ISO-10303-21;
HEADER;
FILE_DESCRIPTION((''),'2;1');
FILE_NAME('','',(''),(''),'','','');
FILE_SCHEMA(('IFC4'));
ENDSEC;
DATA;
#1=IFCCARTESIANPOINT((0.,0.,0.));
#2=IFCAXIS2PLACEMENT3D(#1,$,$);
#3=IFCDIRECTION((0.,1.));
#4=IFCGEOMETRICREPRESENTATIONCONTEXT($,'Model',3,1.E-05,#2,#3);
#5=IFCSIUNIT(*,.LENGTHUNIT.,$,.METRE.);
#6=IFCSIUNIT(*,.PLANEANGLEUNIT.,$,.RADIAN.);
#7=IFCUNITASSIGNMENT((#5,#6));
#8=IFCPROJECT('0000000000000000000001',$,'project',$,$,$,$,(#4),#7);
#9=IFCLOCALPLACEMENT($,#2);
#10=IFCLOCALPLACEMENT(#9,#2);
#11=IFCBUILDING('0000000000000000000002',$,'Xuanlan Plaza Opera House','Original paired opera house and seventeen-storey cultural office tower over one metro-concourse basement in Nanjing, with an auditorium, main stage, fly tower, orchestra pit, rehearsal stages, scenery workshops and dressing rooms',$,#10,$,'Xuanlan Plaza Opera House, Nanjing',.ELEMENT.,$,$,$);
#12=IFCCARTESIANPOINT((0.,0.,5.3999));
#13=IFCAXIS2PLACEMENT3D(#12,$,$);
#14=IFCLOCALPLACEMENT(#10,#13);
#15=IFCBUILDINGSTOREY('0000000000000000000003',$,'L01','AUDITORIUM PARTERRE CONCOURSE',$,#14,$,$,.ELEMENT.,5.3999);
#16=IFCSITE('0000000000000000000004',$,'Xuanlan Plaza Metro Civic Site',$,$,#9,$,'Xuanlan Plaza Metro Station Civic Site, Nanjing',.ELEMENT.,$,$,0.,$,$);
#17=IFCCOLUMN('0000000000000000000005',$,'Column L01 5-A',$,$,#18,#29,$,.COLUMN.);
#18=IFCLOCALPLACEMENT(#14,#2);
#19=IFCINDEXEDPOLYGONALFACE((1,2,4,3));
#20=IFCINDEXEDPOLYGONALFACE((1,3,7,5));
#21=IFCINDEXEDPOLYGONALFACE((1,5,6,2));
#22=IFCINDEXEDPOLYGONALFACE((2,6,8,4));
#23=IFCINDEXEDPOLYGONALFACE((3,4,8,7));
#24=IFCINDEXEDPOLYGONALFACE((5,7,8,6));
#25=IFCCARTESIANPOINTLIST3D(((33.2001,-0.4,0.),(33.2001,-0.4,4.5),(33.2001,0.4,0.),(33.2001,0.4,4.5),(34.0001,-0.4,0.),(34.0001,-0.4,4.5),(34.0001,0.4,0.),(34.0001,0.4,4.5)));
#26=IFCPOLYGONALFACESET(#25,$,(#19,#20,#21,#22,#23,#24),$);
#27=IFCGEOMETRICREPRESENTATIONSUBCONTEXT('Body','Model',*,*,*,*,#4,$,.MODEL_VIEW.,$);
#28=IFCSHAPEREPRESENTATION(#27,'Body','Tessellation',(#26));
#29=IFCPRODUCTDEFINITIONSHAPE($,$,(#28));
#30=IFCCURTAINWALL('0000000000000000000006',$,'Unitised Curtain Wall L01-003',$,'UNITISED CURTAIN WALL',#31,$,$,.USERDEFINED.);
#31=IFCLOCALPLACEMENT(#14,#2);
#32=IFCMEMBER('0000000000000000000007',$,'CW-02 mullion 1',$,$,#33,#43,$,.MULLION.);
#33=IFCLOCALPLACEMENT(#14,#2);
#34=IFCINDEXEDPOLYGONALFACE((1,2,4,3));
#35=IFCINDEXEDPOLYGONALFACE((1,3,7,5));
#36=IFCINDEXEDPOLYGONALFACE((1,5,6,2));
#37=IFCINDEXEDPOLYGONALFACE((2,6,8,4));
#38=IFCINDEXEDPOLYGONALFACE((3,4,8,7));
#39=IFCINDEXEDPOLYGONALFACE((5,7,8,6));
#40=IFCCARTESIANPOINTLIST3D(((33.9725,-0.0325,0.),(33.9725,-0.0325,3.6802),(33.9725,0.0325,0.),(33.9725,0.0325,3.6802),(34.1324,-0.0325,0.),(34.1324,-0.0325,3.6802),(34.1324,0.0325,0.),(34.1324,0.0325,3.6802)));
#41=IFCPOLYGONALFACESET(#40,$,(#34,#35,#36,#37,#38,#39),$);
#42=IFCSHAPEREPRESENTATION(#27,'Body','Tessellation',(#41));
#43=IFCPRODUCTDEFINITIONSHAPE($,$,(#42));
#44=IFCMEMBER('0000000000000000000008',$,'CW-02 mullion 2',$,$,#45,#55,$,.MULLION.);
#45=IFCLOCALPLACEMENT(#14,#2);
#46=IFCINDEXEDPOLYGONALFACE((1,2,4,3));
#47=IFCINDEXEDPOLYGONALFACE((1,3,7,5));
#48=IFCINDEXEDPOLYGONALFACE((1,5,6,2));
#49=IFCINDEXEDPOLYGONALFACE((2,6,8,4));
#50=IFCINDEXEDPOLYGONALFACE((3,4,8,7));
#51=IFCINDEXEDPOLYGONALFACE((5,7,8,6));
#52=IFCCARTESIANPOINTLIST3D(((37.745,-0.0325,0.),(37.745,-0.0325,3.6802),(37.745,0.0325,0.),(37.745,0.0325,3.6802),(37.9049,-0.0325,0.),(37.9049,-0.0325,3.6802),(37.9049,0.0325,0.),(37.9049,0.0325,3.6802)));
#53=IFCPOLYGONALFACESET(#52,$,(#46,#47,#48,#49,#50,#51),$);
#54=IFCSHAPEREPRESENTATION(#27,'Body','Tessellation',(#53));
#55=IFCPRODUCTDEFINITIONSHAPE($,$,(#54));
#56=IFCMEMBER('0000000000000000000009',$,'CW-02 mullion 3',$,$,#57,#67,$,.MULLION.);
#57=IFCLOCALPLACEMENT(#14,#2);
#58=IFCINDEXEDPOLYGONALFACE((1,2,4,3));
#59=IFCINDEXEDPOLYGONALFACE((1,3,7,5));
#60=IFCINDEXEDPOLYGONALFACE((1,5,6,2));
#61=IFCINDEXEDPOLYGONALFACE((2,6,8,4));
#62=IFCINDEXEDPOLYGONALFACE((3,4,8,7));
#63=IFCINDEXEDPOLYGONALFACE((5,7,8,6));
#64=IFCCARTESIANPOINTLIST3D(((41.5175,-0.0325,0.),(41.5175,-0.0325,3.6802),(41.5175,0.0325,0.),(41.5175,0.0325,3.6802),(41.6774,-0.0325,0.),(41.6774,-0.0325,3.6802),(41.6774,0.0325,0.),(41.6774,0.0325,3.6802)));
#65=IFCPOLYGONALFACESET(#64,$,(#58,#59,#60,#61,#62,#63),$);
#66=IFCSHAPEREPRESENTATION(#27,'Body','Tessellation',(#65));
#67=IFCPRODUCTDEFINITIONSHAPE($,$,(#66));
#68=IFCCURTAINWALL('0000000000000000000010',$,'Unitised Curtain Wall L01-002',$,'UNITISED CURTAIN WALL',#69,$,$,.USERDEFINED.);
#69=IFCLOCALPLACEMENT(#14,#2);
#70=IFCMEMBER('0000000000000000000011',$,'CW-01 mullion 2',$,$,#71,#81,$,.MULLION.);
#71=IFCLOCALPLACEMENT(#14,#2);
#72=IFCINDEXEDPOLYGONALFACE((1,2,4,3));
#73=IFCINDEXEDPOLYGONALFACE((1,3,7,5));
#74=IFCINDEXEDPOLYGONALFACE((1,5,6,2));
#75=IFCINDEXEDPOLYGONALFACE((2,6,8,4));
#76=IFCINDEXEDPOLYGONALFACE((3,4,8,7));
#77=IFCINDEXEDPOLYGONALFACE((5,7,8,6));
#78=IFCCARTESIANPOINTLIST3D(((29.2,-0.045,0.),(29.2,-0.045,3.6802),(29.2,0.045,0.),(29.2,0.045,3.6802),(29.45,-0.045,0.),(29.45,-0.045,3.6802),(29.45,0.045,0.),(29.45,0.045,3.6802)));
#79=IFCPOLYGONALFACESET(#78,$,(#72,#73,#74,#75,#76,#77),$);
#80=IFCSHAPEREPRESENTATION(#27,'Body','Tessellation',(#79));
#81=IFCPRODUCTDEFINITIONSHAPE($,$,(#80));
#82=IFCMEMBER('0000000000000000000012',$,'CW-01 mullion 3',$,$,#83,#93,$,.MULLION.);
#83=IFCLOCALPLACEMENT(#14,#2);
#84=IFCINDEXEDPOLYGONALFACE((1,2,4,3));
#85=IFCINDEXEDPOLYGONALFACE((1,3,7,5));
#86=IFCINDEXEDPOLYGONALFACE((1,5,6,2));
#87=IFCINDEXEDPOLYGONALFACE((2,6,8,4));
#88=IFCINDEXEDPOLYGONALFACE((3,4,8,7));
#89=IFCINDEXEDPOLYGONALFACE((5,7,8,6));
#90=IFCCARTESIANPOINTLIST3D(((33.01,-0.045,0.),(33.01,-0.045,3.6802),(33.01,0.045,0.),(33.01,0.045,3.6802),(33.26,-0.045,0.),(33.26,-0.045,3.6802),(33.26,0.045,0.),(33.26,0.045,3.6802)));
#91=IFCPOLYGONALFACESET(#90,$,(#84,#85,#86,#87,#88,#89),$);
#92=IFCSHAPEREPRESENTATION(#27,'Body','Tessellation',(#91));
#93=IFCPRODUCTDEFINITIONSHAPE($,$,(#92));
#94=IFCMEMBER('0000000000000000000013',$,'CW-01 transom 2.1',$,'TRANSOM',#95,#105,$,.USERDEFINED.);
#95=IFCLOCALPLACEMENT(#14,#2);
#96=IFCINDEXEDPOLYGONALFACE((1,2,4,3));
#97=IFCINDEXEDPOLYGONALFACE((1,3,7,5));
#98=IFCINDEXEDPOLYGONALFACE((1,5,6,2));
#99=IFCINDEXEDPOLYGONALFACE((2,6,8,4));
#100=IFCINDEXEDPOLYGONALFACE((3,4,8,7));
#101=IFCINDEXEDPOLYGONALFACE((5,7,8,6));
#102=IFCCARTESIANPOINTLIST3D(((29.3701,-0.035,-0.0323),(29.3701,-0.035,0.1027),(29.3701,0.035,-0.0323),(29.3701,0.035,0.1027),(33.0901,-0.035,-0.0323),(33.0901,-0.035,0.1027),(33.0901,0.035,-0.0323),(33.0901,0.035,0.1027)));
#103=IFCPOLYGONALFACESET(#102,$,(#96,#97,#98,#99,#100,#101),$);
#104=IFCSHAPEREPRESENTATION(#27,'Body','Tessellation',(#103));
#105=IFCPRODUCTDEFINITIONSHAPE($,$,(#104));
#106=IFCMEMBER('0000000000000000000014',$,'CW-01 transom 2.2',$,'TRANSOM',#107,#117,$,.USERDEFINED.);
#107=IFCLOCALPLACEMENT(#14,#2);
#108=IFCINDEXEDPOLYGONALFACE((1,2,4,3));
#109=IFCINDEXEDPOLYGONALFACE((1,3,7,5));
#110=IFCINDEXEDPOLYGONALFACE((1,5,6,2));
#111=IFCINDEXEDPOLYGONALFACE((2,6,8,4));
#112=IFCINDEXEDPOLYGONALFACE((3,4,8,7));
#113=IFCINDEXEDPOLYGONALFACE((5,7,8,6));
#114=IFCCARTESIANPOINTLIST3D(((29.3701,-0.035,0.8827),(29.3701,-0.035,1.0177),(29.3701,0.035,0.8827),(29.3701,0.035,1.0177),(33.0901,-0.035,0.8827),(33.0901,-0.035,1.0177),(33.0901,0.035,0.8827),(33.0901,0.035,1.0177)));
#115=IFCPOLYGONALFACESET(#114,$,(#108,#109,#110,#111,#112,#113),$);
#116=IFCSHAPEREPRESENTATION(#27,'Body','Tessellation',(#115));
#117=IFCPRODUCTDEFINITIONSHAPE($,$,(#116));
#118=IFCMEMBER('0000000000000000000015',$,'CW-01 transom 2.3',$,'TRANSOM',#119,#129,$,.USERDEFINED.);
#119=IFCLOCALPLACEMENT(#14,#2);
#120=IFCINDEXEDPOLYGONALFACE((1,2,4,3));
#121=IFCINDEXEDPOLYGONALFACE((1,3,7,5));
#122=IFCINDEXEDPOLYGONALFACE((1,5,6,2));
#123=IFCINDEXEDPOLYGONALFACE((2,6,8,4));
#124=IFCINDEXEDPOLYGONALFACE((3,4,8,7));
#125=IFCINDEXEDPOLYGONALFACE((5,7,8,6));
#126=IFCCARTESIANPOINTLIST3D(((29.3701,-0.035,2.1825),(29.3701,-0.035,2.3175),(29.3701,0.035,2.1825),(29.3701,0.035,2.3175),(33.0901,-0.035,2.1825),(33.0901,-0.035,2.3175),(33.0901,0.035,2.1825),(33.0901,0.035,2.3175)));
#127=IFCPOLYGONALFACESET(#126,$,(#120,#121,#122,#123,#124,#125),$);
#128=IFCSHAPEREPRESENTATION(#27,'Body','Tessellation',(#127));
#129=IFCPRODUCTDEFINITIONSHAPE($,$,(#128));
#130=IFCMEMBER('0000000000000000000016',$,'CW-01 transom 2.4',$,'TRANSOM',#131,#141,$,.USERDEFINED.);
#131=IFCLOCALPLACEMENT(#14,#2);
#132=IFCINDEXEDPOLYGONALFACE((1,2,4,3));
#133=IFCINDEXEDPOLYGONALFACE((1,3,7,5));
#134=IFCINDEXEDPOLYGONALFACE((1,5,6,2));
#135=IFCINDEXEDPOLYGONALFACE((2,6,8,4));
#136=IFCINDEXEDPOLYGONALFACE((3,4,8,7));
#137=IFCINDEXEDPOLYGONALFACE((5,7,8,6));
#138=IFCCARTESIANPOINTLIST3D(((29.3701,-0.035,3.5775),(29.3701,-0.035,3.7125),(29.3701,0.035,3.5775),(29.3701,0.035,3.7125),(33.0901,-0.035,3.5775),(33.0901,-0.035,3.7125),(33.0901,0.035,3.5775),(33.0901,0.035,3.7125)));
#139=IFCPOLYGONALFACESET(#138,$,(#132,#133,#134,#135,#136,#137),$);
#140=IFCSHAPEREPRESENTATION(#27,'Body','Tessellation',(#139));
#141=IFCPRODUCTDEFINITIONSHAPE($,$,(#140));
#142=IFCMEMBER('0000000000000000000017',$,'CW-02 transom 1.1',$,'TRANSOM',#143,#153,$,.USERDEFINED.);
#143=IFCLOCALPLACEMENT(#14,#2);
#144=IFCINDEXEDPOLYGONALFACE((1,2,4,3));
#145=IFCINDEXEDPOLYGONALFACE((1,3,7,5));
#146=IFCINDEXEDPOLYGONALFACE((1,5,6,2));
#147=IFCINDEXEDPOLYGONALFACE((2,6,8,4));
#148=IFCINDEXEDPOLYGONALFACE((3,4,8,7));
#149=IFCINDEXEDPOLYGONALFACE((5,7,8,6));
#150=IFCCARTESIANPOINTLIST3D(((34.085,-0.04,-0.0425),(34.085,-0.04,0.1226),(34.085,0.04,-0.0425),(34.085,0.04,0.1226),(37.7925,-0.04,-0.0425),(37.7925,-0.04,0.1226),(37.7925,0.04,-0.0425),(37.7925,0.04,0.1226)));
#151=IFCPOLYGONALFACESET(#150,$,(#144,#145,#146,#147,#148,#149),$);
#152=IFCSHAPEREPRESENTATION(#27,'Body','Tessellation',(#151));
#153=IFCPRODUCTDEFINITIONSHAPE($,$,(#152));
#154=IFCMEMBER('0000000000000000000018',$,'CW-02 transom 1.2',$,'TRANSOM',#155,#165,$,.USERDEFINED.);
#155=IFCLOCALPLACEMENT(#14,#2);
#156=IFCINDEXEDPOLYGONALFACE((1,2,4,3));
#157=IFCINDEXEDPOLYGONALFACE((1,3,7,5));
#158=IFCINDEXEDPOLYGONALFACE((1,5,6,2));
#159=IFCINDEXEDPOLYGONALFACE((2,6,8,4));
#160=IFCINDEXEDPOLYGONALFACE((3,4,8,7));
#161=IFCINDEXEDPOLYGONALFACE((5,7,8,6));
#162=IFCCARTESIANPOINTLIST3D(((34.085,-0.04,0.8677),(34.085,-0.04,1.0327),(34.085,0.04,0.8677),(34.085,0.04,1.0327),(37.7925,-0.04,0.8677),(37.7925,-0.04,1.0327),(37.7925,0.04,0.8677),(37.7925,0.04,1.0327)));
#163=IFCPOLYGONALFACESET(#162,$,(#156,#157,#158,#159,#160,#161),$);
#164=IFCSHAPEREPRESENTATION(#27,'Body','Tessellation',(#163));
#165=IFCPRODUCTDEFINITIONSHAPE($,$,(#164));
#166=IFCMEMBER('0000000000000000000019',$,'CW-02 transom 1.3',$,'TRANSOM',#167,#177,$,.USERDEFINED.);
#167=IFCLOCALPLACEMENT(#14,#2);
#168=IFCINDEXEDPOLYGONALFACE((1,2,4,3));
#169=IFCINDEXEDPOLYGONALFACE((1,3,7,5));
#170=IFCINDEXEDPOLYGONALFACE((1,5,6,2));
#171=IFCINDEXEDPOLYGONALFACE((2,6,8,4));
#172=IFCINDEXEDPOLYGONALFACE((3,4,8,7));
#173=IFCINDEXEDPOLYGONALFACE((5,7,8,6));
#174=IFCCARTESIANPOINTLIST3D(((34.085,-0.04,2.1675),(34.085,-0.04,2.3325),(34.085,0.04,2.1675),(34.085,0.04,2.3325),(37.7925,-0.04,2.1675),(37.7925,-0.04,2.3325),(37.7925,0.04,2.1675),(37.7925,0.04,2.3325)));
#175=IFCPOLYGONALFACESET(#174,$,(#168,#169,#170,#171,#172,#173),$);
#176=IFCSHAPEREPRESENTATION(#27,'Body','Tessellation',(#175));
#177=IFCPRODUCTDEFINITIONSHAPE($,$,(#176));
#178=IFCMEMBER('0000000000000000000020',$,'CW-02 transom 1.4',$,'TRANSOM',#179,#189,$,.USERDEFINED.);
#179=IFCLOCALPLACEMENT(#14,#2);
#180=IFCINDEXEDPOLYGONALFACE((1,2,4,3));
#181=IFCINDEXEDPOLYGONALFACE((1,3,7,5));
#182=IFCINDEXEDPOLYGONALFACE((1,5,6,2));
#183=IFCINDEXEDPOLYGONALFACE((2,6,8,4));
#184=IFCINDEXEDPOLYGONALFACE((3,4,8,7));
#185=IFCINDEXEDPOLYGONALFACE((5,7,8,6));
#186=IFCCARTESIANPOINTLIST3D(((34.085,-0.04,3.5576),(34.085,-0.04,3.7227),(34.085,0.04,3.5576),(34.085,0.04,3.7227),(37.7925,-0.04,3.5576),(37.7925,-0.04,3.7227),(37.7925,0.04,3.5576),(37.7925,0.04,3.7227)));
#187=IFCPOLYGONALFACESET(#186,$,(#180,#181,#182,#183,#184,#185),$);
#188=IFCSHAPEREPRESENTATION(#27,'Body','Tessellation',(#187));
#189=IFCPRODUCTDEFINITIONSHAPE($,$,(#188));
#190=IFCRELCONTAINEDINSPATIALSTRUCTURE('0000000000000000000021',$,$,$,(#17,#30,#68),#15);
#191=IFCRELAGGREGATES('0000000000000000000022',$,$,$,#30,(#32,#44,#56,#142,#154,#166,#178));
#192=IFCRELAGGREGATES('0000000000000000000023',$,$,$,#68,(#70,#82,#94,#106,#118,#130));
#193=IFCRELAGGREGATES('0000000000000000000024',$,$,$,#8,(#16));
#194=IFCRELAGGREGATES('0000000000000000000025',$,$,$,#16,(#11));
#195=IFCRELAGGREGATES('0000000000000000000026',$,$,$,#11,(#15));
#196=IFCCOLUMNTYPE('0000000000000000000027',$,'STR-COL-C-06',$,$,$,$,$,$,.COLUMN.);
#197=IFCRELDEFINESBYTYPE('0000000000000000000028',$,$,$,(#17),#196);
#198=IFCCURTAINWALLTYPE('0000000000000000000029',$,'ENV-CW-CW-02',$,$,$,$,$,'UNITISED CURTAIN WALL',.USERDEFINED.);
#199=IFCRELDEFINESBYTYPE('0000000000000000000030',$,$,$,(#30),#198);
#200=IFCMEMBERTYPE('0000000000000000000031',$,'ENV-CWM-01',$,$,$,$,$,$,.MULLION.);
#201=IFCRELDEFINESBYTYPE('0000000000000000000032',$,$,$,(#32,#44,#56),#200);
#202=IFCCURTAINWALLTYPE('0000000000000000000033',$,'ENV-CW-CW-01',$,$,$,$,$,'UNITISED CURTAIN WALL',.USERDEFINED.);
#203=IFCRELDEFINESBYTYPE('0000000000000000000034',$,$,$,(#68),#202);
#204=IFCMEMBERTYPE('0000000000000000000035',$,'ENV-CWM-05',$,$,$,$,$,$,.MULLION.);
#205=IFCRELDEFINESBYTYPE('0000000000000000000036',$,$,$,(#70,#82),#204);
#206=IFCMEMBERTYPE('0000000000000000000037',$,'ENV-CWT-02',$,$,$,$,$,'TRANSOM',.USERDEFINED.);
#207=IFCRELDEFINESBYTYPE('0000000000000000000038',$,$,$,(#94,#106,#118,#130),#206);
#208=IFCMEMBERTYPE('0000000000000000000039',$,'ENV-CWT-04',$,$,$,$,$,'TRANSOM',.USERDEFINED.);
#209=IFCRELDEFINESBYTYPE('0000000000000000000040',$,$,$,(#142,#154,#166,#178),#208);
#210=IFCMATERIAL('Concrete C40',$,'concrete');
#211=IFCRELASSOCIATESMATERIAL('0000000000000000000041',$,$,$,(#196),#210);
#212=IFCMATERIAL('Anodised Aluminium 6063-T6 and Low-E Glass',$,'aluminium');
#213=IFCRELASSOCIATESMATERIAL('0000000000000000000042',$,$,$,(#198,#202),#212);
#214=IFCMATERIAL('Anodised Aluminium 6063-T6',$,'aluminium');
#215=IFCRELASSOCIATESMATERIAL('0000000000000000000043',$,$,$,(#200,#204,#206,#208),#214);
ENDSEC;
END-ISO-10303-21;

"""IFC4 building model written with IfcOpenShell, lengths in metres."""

from ifc_helpers import new_model, si_unit, direction, frame, origin, origin_2d, place, context, subcontext, project, spatial, rectangle, extrude, material, material_profile, profile_set, type_object, element, aggregate, save


model = new_model("IFC4")

# Units and contexts
model_context = context("Model", 3, precision=1e-05, world=origin(), true_north=direction((0.0, 1.0)))
body_context = subcontext(model_context, "Body", "Model", "MODEL_VIEW")
ifc_project = project(units=[si_unit("LENGTHUNIT", "METRE"), si_unit("PLANEANGLEUNIT", "RADIAN")], contexts=[model_context])

# Site, building, storey
site_placement = place(None, origin())
site = spatial("IfcSite", under=ifc_project, at=site_placement, Name="Xuanlan Plaza Metro Civic Site", LongName="Xuanlan Plaza Metro Station Civic Site, Nanjing", CompositionType="ELEMENT", RefElevation=0.0)
building_placement = place(site_placement, origin())
building = spatial("IfcBuilding", under=site, at=building_placement, Name="Xuanlan Plaza Opera House", Description="Original paired opera house and seventeen-storey cultural office tower over one metro-concourse basement in Nanjing, with an auditorium, main stage, fly tower, orchestra pit, rehearsal stages, scenery workshops and dressing rooms", LongName="Xuanlan Plaza Opera House, Nanjing", CompositionType="ELEMENT")
storey_placement = place(building_placement, frame((0.0, 0.0, 5.3999)))
storey = spatial("IfcBuildingStorey", under=building, at=storey_placement, Name="L01", Description="AUDITORIUM PARTERRE CONCOURSE", CompositionType="ELEMENT", Elevation=5.3999)

# Column
ifc_material_1 = material(Name="Concrete C40", Category="concrete")
ifc_material_profile_1 = material_profile(ifc_material_1, rectangle(XDim=0.8, YDim=0.8, at=origin_2d()), Name="RC-COL 800x800")
ifc_profile_set_1 = profile_set([ifc_material_profile_1], Name="Concrete C40")
column_type = type_object("IfcColumnType", Name="STR-COL-C-06", PredefinedType="COLUMN", material=ifc_profile_set_1)
column_placement = place(storey_placement, frame((33.6001, 0.0, 0.0), z_axis=(0.0, 0.0, 1.0), x_axis=(1.0, 0.0, 0.0)))
element("IfcColumn", 1, at=column_placement, inside=storey, type_object=column_type, Name="Column L01 5-A", PredefinedType="COLUMN", context=body_context, shape_type="SweptSolid", body=[
    extrude(rectangle(XDim=0.8, YDim=0.8, at=origin_2d()), origin(), (0.0, 0.0, 1.0), 4.5),
])

# Curtain walls, members
ifc_material_2 = material(Name="Anodised Aluminium 6063-T6 and Low-E Glass", Category="aluminium")
curtain_wall_type_1 = type_object("IfcCurtainWallType", Name="ENV-CW-CW-02", ElementType="UNITISED CURTAIN WALL", PredefinedType="USERDEFINED", material=ifc_material_2)
curtain_wall_1_placement = place(storey_placement, origin())
curtain_wall_1 = element("IfcCurtainWall", 2, at=curtain_wall_1_placement, inside=storey, type_object=curtain_wall_type_1, Name="Unitised Curtain Wall L01-003", ObjectType="UNITISED CURTAIN WALL", PredefinedType="USERDEFINED")
ifc_material_3 = material(Name="Anodised Aluminium 6063-T6", Category="aluminium")
ifc_material_profile_2 = material_profile(ifc_material_3, rectangle(XDim=0.0649, YDim=0.1599, at=origin_2d()), Name="ALU-M 65x160")
ifc_profile_set_2 = profile_set([ifc_material_profile_2], Name="Anodised Aluminium 6063-T6")
member_type_1 = type_object("IfcMemberType", Name="ENV-CWM-01", PredefinedType="MULLION", material=ifc_profile_set_2)
member_1_placement = place(storey_placement, frame((34.0525, 0.0, 0.0), z_axis=(0.0, 0.0, 1.0), x_axis=(0.0, 1.0, 0.0)))
member_1 = element("IfcMember", 3, at=member_1_placement, type_object=member_type_1, Name="CW-02 mullion 1", PredefinedType="MULLION", context=body_context, shape_type="SweptSolid", body=[
    extrude(rectangle(XDim=0.0649, YDim=0.1599, at=origin_2d()), origin(), (0.0, 0.0, 1.0), 3.6802),
])
member_2_placement = place(storey_placement, frame((37.825, 0.0, 0.0), z_axis=(0.0, 0.0, 1.0), x_axis=(0.0, 1.0, 0.0)))
member_2 = element("IfcMember", 4, at=member_2_placement, type_object=member_type_1, Name="CW-02 mullion 2", PredefinedType="MULLION", context=body_context, shape_type="SweptSolid", body=[
    extrude(rectangle(XDim=0.0649, YDim=0.1599, at=origin_2d()), origin(), (0.0, 0.0, 1.0), 3.6802),
])
member_3_placement = place(storey_placement, frame((41.5974, 0.0, 0.0), z_axis=(0.0, 0.0, 1.0), x_axis=(0.0, 1.0, 0.0)))
member_3 = element("IfcMember", 5, at=member_3_placement, type_object=member_type_1, Name="CW-02 mullion 3", PredefinedType="MULLION", context=body_context, shape_type="SweptSolid", body=[
    extrude(rectangle(XDim=0.0649, YDim=0.1599, at=origin_2d()), origin(), (0.0, 0.0, 1.0), 3.6802),
])
curtain_wall_type_2 = type_object("IfcCurtainWallType", Name="ENV-CW-CW-01", ElementType="UNITISED CURTAIN WALL", PredefinedType="USERDEFINED", material=ifc_material_2)
curtain_wall_2_placement = place(storey_placement, origin())
curtain_wall_2 = element("IfcCurtainWall", 6, at=curtain_wall_2_placement, inside=storey, type_object=curtain_wall_type_2, Name="Unitised Curtain Wall L01-002", ObjectType="UNITISED CURTAIN WALL", PredefinedType="USERDEFINED")
ifc_material_profile_3 = material_profile(ifc_material_3, rectangle(XDim=0.0901, YDim=0.25, at=origin_2d()), Name="ALU-M 90x250")
ifc_profile_set_3 = profile_set([ifc_material_profile_3], Name="Anodised Aluminium 6063-T6")
member_type_2 = type_object("IfcMemberType", Name="ENV-CWM-05", PredefinedType="MULLION", material=ifc_profile_set_3)
member_4_placement = place(storey_placement, frame((29.325, 0.0, 0.0), z_axis=(0.0, 0.0, 1.0), x_axis=(0.0, 1.0, 0.0)))
member_4 = element("IfcMember", 7, at=member_4_placement, type_object=member_type_2, Name="CW-01 mullion 2", PredefinedType="MULLION", context=body_context, shape_type="SweptSolid", body=[
    extrude(rectangle(XDim=0.0901, YDim=0.25, at=origin_2d()), origin(), (0.0, 0.0, 1.0), 3.6802),
])
member_5_placement = place(storey_placement, frame((33.135, 0.0, 0.0), z_axis=(0.0, 0.0, 1.0), x_axis=(0.0, 1.0, 0.0)))
member_5 = element("IfcMember", 8, at=member_5_placement, type_object=member_type_2, Name="CW-01 mullion 3", PredefinedType="MULLION", context=body_context, shape_type="SweptSolid", body=[
    extrude(rectangle(XDim=0.0901, YDim=0.25, at=origin_2d()), origin(), (0.0, 0.0, 1.0), 3.6802),
])
ifc_material_profile_4 = material_profile(ifc_material_3, rectangle(XDim=0.0701, YDim=0.135, at=origin_2d()), Name="ALU-T 70x135")
ifc_profile_set_4 = profile_set([ifc_material_profile_4], Name="Anodised Aluminium 6063-T6")
member_type_3 = type_object("IfcMemberType", Name="ENV-CWT-02", ElementType="TRANSOM", PredefinedType="USERDEFINED", material=ifc_profile_set_4)
member_6_placement = place(storey_placement, frame((29.3701, 0.0, 0.0352), z_axis=(1.0, 0.0, 0.0), x_axis=(0.0, 1.0, 0.0)))
member_6 = element("IfcMember", 9, at=member_6_placement, type_object=member_type_3, Name="CW-01 transom 2.1", ObjectType="TRANSOM", PredefinedType="USERDEFINED", context=body_context, shape_type="SweptSolid", body=[
    extrude(rectangle(XDim=0.0701, YDim=0.135, at=origin_2d()), origin(), (0.0, 0.0, 1.0), 3.72),
])
member_7_placement = place(storey_placement, frame((29.3701, 0.0, 0.9502), z_axis=(1.0, 0.0, 0.0), x_axis=(0.0, 1.0, 0.0)))
member_7 = element("IfcMember", 10, at=member_7_placement, type_object=member_type_3, Name="CW-01 transom 2.2", ObjectType="TRANSOM", PredefinedType="USERDEFINED", context=body_context, shape_type="SweptSolid", body=[
    extrude(rectangle(XDim=0.0701, YDim=0.135, at=origin_2d()), origin(), (0.0, 0.0, 1.0), 3.72),
])
member_8_placement = place(storey_placement, frame((29.3701, 0.0, 2.25), z_axis=(1.0, 0.0, 0.0), x_axis=(0.0, 1.0, 0.0)))
member_8 = element("IfcMember", 11, at=member_8_placement, type_object=member_type_3, Name="CW-01 transom 2.3", ObjectType="TRANSOM", PredefinedType="USERDEFINED", context=body_context, shape_type="SweptSolid", body=[
    extrude(rectangle(XDim=0.0701, YDim=0.135, at=origin_2d()), origin(), (0.0, 0.0, 1.0), 3.72),
])
member_9_placement = place(storey_placement, frame((29.3701, 0.0, 3.645), z_axis=(1.0, 0.0, 0.0), x_axis=(0.0, 1.0, 0.0)))
member_9 = element("IfcMember", 12, at=member_9_placement, type_object=member_type_3, Name="CW-01 transom 2.4", ObjectType="TRANSOM", PredefinedType="USERDEFINED", context=body_context, shape_type="SweptSolid", body=[
    extrude(rectangle(XDim=0.0701, YDim=0.135, at=origin_2d()), origin(), (0.0, 0.0, 1.0), 3.72),
])

# Members
ifc_material_profile_5 = material_profile(ifc_material_3, rectangle(XDim=0.0801, YDim=0.165, at=origin_2d()), Name="ALU-T 80x165")
ifc_profile_set_5 = profile_set([ifc_material_profile_5], Name="Anodised Aluminium 6063-T6")
member_type_4 = type_object("IfcMemberType", Name="ENV-CWT-04", ElementType="TRANSOM", PredefinedType="USERDEFINED", material=ifc_profile_set_5)
member_10_placement = place(storey_placement, frame((34.085, 0.0, 0.04), z_axis=(1.0, 0.0, 0.0), x_axis=(0.0, 1.0, 0.0)))
member_10 = element("IfcMember", 13, at=member_10_placement, type_object=member_type_4, Name="CW-02 transom 1.1", ObjectType="TRANSOM", PredefinedType="USERDEFINED", context=body_context, shape_type="SweptSolid", body=[
    extrude(rectangle(XDim=0.0801, YDim=0.165, at=origin_2d()), origin(), (0.0, 0.0, 1.0), 3.7075),
])
member_11_placement = place(storey_placement, frame((34.085, 0.0, 0.9502), z_axis=(1.0, 0.0, 0.0), x_axis=(0.0, 1.0, 0.0)))
member_11 = element("IfcMember", 14, at=member_11_placement, type_object=member_type_4, Name="CW-02 transom 1.2", ObjectType="TRANSOM", PredefinedType="USERDEFINED", context=body_context, shape_type="SweptSolid", body=[
    extrude(rectangle(XDim=0.0801, YDim=0.165, at=origin_2d()), origin(), (0.0, 0.0, 1.0), 3.7075),
])
member_12_placement = place(storey_placement, frame((34.085, 0.0, 2.25), z_axis=(1.0, 0.0, 0.0), x_axis=(0.0, 1.0, 0.0)))
member_12 = element("IfcMember", 15, at=member_12_placement, type_object=member_type_4, Name="CW-02 transom 1.3", ObjectType="TRANSOM", PredefinedType="USERDEFINED", context=body_context, shape_type="SweptSolid", body=[
    extrude(rectangle(XDim=0.0801, YDim=0.165, at=origin_2d()), origin(), (0.0, 0.0, 1.0), 3.7075),
])
member_13_placement = place(storey_placement, frame((34.085, 0.0, 3.6401), z_axis=(1.0, 0.0, 0.0), x_axis=(0.0, 1.0, 0.0)))
member_13 = element("IfcMember", 16, at=member_13_placement, type_object=member_type_4, Name="CW-02 transom 1.4", ObjectType="TRANSOM", PredefinedType="USERDEFINED", context=body_context, shape_type="SweptSolid", body=[
    extrude(rectangle(XDim=0.0801, YDim=0.165, at=origin_2d()), origin(), (0.0, 0.0, 1.0), 3.7075),
])

aggregate(curtain_wall_1, [member_1, member_2, member_3, member_10, member_11, member_12, member_13])
aggregate(curtain_wall_2, [member_4, member_5, member_6, member_7, member_8, member_9])

save(model, "model.ifc")
